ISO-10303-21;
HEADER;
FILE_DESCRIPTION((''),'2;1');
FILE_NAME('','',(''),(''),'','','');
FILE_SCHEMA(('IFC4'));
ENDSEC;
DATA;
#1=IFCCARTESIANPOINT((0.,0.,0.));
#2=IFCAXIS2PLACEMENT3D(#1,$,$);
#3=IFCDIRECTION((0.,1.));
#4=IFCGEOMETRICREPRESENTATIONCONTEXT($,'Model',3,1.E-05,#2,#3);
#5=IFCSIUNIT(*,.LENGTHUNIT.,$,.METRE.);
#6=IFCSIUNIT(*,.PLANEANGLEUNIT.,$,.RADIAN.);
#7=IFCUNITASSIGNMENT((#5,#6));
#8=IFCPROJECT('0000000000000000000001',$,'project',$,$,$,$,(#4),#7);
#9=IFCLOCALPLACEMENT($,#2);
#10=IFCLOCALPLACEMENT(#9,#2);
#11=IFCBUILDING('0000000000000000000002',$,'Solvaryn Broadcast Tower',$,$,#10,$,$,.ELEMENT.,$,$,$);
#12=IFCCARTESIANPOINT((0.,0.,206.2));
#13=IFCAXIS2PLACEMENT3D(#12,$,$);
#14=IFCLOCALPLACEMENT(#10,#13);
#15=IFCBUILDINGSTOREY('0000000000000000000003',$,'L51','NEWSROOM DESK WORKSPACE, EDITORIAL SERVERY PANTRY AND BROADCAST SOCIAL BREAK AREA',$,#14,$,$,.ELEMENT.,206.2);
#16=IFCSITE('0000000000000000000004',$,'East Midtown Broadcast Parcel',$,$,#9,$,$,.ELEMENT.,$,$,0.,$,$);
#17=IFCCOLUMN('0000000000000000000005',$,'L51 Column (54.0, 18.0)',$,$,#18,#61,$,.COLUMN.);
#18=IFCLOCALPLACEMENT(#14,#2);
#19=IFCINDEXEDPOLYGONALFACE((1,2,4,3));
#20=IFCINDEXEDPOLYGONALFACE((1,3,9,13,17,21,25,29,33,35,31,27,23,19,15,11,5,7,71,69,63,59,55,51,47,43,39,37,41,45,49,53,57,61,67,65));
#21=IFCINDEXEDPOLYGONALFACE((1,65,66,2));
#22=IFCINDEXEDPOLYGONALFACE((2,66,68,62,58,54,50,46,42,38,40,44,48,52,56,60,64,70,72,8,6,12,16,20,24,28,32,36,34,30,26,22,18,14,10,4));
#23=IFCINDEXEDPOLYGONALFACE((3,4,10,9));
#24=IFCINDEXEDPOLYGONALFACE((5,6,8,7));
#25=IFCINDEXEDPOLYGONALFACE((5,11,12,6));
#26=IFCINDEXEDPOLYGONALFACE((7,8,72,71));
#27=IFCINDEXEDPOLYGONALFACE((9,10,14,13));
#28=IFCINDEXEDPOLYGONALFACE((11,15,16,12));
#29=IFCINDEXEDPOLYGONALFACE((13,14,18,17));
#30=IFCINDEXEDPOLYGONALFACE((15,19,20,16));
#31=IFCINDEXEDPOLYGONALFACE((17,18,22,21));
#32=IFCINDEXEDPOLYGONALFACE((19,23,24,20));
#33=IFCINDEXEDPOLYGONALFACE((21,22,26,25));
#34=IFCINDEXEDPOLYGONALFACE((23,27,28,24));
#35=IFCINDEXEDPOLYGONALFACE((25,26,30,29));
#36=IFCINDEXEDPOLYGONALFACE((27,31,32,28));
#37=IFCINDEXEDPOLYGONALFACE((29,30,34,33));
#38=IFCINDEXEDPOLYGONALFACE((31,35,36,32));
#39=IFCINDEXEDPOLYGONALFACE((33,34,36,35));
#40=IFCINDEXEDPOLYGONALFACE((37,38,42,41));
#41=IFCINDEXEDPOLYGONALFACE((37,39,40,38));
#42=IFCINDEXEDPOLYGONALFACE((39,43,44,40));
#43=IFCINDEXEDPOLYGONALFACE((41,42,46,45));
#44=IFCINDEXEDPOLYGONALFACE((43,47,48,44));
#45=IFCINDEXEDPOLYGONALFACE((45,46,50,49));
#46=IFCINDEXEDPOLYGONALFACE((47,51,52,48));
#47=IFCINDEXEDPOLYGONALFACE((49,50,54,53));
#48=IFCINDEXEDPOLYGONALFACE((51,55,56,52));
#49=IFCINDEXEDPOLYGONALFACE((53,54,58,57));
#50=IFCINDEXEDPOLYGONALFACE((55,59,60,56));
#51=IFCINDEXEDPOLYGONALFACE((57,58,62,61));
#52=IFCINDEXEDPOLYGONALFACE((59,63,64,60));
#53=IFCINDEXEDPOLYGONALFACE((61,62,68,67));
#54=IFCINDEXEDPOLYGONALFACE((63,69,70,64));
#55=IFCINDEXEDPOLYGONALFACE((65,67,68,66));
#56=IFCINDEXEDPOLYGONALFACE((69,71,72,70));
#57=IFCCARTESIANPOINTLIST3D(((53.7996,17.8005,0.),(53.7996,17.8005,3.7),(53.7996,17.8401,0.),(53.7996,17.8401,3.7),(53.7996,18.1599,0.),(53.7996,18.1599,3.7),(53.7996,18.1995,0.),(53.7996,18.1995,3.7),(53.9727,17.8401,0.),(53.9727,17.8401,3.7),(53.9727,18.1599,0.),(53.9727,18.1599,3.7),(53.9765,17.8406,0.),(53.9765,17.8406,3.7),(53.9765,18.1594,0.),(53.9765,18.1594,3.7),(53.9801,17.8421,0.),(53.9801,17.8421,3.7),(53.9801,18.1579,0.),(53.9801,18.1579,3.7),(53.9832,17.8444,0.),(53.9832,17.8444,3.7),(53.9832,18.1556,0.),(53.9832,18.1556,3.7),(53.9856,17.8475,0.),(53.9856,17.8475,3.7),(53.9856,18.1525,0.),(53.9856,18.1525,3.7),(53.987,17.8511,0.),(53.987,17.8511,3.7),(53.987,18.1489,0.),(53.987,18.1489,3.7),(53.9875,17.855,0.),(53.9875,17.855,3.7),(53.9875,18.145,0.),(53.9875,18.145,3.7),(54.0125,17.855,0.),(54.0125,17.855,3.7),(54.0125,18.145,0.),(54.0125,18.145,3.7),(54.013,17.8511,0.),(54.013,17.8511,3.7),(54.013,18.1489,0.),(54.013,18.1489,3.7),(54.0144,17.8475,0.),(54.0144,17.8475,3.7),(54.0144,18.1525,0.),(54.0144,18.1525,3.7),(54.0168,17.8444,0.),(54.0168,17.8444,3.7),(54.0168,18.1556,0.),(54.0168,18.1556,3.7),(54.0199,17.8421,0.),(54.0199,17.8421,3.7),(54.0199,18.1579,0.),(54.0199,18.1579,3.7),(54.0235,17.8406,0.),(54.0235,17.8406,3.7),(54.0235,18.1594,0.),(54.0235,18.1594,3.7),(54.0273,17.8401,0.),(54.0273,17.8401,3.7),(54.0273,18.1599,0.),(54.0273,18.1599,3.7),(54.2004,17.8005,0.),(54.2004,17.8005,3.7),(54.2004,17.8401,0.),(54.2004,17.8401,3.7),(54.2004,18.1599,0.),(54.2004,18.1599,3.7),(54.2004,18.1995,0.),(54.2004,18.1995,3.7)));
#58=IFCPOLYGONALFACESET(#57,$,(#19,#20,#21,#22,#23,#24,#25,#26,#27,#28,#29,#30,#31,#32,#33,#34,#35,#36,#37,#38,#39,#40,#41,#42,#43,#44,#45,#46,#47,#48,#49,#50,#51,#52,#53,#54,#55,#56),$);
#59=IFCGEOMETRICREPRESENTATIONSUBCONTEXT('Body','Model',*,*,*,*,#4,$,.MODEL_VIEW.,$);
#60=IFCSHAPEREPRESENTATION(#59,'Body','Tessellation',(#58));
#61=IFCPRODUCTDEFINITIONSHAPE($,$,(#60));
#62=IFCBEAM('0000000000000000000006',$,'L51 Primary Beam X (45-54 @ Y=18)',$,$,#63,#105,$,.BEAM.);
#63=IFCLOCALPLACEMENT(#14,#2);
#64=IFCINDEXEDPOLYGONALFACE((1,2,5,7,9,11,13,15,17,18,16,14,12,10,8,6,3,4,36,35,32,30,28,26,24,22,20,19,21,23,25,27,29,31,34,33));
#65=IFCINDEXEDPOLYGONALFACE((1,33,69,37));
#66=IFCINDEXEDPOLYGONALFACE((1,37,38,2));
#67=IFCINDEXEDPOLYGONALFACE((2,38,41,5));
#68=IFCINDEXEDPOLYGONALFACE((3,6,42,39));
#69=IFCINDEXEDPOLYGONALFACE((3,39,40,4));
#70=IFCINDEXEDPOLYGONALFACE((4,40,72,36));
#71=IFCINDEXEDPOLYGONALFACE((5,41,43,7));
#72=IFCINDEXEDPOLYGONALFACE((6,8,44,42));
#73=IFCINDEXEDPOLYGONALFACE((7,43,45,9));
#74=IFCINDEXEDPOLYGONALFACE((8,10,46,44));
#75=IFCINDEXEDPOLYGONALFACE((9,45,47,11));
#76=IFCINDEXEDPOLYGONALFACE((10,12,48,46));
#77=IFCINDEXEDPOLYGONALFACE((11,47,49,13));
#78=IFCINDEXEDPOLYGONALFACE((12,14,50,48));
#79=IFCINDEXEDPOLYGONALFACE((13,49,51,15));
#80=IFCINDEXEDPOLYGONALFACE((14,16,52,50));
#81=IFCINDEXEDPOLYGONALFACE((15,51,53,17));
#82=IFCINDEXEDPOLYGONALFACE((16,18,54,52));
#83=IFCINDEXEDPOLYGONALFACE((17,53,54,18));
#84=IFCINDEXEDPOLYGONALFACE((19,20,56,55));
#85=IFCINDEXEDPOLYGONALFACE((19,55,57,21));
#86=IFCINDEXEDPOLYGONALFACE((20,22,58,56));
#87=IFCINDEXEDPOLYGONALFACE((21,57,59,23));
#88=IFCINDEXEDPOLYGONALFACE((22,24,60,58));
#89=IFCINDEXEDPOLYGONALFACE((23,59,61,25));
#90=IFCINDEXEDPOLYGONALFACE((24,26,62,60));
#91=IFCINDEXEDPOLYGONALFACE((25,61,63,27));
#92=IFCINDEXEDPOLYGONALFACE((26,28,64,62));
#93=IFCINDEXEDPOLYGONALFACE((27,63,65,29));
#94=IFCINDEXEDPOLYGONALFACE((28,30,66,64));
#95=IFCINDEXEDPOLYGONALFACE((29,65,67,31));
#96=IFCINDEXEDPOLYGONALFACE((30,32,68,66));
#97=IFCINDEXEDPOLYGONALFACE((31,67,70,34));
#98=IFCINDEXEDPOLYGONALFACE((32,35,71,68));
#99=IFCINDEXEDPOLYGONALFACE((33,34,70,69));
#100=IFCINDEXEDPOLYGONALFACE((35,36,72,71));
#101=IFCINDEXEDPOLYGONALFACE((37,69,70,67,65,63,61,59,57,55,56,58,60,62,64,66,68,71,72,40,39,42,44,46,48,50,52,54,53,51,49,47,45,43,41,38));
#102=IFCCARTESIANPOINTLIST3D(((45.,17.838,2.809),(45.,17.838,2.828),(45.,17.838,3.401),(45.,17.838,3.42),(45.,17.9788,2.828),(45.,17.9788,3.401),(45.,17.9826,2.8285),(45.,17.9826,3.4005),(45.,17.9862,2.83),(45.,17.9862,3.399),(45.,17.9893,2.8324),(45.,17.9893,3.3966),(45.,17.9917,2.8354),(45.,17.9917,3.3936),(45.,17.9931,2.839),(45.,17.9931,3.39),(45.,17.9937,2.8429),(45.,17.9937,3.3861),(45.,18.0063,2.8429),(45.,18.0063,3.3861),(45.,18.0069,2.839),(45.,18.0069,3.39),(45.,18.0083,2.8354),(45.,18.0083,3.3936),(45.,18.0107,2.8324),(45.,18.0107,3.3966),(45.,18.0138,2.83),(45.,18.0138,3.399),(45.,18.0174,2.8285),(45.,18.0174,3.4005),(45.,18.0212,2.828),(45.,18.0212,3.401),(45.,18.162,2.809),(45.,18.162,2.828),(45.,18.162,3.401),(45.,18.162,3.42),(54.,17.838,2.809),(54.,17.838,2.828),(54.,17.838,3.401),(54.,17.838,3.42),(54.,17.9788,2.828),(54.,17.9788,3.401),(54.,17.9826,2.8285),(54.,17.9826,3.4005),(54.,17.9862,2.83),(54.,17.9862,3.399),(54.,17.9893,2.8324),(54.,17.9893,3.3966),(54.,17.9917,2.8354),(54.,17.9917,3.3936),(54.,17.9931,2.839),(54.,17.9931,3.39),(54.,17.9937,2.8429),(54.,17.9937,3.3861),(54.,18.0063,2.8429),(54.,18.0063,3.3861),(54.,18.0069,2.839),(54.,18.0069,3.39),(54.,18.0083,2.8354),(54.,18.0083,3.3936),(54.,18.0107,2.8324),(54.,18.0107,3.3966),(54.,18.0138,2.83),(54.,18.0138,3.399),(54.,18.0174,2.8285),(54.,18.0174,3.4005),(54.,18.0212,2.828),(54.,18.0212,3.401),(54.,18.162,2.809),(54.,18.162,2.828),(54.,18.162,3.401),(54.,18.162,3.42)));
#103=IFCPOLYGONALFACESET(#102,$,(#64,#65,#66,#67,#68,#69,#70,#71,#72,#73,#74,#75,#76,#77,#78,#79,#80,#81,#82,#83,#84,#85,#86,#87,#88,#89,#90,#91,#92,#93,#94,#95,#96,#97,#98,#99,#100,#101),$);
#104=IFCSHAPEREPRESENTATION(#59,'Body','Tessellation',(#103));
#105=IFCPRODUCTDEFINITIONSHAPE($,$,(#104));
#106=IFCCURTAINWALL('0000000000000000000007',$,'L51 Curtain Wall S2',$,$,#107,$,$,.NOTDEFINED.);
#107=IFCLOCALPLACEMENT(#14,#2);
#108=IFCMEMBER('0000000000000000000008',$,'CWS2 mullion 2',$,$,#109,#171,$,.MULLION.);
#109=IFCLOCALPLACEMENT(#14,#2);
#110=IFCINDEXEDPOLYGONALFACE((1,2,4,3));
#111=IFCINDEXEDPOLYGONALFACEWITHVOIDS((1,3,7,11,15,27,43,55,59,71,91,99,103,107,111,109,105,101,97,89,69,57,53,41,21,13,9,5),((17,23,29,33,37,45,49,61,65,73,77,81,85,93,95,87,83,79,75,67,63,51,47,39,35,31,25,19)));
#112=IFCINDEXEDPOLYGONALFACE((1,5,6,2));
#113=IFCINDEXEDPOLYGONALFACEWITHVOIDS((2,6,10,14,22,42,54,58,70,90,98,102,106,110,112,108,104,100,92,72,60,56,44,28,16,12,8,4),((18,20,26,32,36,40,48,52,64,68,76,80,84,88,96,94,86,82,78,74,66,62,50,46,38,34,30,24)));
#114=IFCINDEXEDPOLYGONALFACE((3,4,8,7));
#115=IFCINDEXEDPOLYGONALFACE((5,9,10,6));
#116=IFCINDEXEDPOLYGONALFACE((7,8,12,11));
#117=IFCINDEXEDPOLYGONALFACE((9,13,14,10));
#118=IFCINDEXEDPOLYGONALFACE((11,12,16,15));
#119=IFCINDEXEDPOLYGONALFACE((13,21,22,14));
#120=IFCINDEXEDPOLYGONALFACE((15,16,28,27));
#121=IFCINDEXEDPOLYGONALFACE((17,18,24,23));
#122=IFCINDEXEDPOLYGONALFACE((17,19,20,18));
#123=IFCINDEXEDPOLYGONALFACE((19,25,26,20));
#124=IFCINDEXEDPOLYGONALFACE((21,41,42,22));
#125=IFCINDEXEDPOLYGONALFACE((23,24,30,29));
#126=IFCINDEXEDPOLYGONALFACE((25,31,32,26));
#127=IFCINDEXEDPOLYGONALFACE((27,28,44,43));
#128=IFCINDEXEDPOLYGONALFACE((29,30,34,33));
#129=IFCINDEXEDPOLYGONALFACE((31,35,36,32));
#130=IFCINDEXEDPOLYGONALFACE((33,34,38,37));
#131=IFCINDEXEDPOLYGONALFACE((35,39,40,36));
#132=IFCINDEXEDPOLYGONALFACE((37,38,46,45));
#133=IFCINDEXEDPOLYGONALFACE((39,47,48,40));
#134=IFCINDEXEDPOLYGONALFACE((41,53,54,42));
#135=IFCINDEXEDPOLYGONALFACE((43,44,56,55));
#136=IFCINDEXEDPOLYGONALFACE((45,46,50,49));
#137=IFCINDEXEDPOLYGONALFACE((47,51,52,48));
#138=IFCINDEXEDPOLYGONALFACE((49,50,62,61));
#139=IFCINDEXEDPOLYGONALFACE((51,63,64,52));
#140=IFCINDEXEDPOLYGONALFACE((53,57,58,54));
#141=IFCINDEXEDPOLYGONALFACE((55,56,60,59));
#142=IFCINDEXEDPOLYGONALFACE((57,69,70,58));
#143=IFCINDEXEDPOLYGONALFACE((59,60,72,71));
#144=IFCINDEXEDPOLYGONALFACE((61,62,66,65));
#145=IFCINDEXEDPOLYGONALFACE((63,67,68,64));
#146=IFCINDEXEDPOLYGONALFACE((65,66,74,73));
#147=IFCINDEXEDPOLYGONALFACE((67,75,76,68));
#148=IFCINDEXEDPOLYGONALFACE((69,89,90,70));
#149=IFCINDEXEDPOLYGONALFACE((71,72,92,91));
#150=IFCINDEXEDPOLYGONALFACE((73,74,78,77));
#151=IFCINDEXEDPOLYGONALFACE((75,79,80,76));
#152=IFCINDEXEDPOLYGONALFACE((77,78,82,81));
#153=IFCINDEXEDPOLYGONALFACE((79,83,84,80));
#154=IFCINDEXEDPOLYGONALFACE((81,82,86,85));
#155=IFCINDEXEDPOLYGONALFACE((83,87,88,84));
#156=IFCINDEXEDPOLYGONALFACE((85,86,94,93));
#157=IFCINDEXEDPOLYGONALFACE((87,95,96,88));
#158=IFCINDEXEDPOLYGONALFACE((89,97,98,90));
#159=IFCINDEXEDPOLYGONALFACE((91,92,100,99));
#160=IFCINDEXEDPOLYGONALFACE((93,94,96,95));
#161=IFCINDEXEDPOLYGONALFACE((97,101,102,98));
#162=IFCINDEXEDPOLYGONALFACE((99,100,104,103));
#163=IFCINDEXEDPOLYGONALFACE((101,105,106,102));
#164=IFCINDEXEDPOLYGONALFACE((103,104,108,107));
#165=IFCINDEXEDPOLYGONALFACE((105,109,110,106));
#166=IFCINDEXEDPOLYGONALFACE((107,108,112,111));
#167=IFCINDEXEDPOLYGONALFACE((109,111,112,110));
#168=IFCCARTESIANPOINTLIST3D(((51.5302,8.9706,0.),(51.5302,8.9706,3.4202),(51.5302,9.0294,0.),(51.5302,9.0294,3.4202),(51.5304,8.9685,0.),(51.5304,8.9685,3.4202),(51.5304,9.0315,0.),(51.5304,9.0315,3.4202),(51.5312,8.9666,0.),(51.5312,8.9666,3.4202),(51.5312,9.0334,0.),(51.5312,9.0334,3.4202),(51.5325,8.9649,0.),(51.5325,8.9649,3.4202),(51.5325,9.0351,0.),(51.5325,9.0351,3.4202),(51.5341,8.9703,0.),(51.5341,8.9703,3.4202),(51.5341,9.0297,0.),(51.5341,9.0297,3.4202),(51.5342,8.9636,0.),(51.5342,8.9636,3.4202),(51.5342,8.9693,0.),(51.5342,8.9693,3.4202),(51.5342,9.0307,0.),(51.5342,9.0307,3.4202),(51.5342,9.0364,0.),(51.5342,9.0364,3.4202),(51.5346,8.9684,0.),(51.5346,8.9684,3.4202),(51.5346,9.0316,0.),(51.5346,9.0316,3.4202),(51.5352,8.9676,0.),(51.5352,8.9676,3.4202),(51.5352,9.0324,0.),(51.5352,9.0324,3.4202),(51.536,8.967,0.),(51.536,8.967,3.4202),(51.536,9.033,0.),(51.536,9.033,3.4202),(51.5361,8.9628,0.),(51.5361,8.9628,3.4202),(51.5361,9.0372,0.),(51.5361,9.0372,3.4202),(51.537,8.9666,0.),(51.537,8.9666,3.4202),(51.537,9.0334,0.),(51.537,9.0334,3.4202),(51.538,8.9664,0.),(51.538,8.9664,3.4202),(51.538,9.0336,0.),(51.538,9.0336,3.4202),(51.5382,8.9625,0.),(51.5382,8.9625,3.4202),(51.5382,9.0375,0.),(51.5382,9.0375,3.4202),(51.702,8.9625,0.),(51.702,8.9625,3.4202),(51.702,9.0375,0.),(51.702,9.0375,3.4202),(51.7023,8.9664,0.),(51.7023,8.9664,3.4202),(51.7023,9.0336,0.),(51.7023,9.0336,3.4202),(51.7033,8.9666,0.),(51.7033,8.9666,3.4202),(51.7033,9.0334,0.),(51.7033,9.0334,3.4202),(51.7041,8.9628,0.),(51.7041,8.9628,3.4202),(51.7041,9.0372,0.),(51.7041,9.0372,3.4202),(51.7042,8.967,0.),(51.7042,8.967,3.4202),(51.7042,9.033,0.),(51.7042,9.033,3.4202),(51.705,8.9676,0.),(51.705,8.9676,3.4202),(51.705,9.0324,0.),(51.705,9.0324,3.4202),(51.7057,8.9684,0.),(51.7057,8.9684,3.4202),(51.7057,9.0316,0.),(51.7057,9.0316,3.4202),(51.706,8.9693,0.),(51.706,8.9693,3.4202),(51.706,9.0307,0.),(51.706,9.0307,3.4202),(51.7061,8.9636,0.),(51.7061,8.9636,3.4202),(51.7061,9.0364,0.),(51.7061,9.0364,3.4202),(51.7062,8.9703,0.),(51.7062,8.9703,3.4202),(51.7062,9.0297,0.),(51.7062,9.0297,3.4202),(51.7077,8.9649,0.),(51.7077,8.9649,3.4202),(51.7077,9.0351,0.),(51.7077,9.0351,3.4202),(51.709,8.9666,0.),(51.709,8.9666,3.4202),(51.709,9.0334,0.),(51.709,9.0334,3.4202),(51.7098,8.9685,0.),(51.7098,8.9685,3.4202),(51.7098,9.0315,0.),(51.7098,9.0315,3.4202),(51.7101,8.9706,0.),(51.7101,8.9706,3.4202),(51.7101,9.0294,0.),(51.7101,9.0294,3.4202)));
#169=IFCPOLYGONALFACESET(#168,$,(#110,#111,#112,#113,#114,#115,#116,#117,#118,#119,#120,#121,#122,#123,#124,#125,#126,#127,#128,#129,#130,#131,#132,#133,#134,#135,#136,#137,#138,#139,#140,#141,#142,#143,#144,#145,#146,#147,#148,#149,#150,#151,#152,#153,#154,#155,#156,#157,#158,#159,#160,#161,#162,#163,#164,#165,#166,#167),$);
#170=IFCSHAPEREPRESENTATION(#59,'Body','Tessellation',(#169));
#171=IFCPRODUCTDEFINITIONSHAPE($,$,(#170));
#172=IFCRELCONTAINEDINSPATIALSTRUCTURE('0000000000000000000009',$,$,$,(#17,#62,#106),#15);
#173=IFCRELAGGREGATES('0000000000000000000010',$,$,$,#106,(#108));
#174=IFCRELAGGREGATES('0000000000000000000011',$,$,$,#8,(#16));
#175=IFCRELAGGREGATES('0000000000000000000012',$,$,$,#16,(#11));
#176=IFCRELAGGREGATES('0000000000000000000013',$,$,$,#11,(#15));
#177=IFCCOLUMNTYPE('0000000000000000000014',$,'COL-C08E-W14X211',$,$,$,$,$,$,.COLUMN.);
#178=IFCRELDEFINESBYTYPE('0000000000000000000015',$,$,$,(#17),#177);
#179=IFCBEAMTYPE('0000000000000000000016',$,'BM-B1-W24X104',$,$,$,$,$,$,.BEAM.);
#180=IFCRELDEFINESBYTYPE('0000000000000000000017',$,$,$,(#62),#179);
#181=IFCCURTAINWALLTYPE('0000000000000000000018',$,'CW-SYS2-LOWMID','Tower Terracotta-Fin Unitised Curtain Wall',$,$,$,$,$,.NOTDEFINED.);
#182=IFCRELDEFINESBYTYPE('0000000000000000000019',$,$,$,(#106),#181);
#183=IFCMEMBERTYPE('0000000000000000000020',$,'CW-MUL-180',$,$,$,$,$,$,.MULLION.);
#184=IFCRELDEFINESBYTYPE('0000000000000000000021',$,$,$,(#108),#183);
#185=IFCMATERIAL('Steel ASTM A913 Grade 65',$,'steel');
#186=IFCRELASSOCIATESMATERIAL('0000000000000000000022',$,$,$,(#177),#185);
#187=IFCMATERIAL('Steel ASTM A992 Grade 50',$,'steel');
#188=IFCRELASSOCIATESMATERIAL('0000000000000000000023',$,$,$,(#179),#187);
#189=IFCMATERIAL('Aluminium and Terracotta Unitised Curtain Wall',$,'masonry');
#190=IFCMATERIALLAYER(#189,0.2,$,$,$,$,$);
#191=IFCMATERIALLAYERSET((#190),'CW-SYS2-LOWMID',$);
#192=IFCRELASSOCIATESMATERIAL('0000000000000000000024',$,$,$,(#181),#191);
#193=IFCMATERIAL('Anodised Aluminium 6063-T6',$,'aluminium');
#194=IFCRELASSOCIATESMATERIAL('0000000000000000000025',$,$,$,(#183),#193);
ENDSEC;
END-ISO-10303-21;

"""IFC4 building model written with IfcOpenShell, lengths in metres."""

from ifc_helpers import new_model, si_unit, direction, frame, origin, origin_2d, place, context, subcontext, project, spatial, hollow_rectangle, i_section, extrude, material, layer, layer_set, material_profile, profile_set, type_object, element, aggregate, save


model = new_model("IFC4")

# Units and contexts
model_context = context("Model", 3, precision=1e-05, world=origin(), true_north=direction((0.0, 1.0)))
body_context = subcontext(model_context, "Body", "Model", "MODEL_VIEW")
ifc_project = project(units=[si_unit("LENGTHUNIT", "METRE"), si_unit("PLANEANGLEUNIT", "RADIAN")], contexts=[model_context])

# Site, building, storey
site_placement = place(None, origin())
site = spatial("IfcSite", under=ifc_project, at=site_placement, Name="East Midtown Broadcast Parcel", CompositionType="ELEMENT", RefElevation=0.0)
building_placement = place(site_placement, origin())
building = spatial("IfcBuilding", under=site, at=building_placement, Name="Solvaryn Broadcast Tower", CompositionType="ELEMENT")
storey_placement = place(building_placement, frame((0.0, 0.0, 206.2)))
storey = spatial("IfcBuildingStorey", under=building, at=storey_placement, Name="L51", Description="NEWSROOM DESK WORKSPACE, EDITORIAL SERVERY PANTRY AND BROADCAST SOCIAL BREAK AREA", CompositionType="ELEMENT", Elevation=206.2)

# Column
ifc_material_1 = material(Name="Steel ASTM A913 Grade 65", Category="steel")
ifc_material_profile_1 = material_profile(ifc_material_1, i_section(OverallWidth=0.4009, OverallDepth=0.3989, WebThickness=0.0249, FlangeThickness=0.0396, FilletRadius=0.0149, at=origin_2d()))
ifc_profile_set_1 = profile_set([ifc_material_profile_1], Name="Steel ASTM A913 Grade 65")
column_type = type_object("IfcColumnType", Name="COL-C08E-W14X211", PredefinedType="COLUMN", material=ifc_profile_set_1)
column_placement = place(storey_placement, frame((54.0, 18.0, 0.0), z_axis=(0.0, 0.0, 1.0), x_axis=(1.0, 0.0, 0.0)))
element("IfcColumn", 1, at=column_placement, inside=storey, type_object=column_type, Name="L51 Column (54.0, 18.0)", PredefinedType="COLUMN", context=body_context, shape_type="SweptSolid", body=[
    extrude(i_section(OverallWidth=0.4009, OverallDepth=0.3989, WebThickness=0.0249, FlangeThickness=0.0396, FilletRadius=0.0149, at=origin_2d()), origin(), (0.0, 0.0, 1.0), 3.7),
])

# Beam
ifc_material_2 = material(Name="Steel ASTM A992 Grade 50", Category="steel")
ifc_material_profile_2 = material_profile(ifc_material_2, i_section(OverallWidth=0.324, OverallDepth=0.6111, WebThickness=0.0127, FlangeThickness=0.019, FilletRadius=0.0149, at=origin_2d()))
ifc_profile_set_2 = profile_set([ifc_material_profile_2], Name="Steel ASTM A992 Grade 50")
beam_type = type_object("IfcBeamType", Name="BM-B1-W24X104", PredefinedType="BEAM", material=ifc_profile_set_2)
beam_placement = place(storey_placement, frame((45.0, 18.0, 3.1145), z_axis=(1.0, 0.0, 0.0), x_axis=(0.0, 1.0, 0.0)))
element("IfcBeam", 2, at=beam_placement, inside=storey, type_object=beam_type, Name="L51 Primary Beam X (45-54 @ Y=18)", PredefinedType="BEAM", context=body_context, shape_type="SweptSolid", body=[
    extrude(i_section(OverallWidth=0.324, OverallDepth=0.6111, WebThickness=0.0127, FlangeThickness=0.019, FilletRadius=0.0149, at=origin_2d()), origin(), (0.0, 0.0, 1.0), 9.0),
])

# Curtain wall, member
ifc_material_3 = material(Name="Aluminium and Terracotta Unitised Curtain Wall", Category="masonry")
ifc_layer_1 = layer(ifc_material_3, 0.2)
ifc_layer_set_1 = layer_set([ifc_layer_1], Name="CW-SYS2-LOWMID")
curtain_wall_type = type_object("IfcCurtainWallType", Name="CW-SYS2-LOWMID", Description="Tower Terracotta-Fin Unitised Curtain Wall", PredefinedType="NOTDEFINED", material=ifc_layer_set_1)
curtain_wall_1_placement = place(storey_placement, origin())
curtain_wall_1 = element("IfcCurtainWall", 3, at=curtain_wall_1_placement, inside=storey, type_object=curtain_wall_type, Name="L51 Curtain Wall S2", PredefinedType="NOTDEFINED")
ifc_material_4 = material(Name="Anodised Aluminium 6063-T6", Category="aluminium")
ifc_material_profile_3 = material_profile(ifc_material_4, hollow_rectangle(XDim=0.075, YDim=0.1799, WallThickness=0.0039, InnerFilletRadius=0.0039, OuterFilletRadius=0.0081, at=origin_2d()))
ifc_profile_set_3 = profile_set([ifc_material_profile_3], Name="Anodised Aluminium 6063-T6")
member_type_1 = type_object("IfcMemberType", Name="CW-MUL-180", PredefinedType="MULLION", material=ifc_profile_set_3)
member_1_placement = place(storey_placement, frame((51.6201, 9.0, 0.0), z_axis=(0.0, 0.0, 1.0), x_axis=(0.0, 1.0, 0.0)))
member_1 = element("IfcMember", 4, at=member_1_placement, type_object=member_type_1, Name="CWS2 mullion 2", PredefinedType="MULLION", context=body_context, shape_type="SweptSolid", body=[
    extrude(hollow_rectangle(XDim=0.075, YDim=0.1799, WallThickness=0.0039, InnerFilletRadius=0.0039, OuterFilletRadius=0.0081, at=origin_2d()), origin(), (0.0, 0.0, 1.0), 3.4202),
])

aggregate(curtain_wall_1, [member_1])

save(model, "model.ifc")
